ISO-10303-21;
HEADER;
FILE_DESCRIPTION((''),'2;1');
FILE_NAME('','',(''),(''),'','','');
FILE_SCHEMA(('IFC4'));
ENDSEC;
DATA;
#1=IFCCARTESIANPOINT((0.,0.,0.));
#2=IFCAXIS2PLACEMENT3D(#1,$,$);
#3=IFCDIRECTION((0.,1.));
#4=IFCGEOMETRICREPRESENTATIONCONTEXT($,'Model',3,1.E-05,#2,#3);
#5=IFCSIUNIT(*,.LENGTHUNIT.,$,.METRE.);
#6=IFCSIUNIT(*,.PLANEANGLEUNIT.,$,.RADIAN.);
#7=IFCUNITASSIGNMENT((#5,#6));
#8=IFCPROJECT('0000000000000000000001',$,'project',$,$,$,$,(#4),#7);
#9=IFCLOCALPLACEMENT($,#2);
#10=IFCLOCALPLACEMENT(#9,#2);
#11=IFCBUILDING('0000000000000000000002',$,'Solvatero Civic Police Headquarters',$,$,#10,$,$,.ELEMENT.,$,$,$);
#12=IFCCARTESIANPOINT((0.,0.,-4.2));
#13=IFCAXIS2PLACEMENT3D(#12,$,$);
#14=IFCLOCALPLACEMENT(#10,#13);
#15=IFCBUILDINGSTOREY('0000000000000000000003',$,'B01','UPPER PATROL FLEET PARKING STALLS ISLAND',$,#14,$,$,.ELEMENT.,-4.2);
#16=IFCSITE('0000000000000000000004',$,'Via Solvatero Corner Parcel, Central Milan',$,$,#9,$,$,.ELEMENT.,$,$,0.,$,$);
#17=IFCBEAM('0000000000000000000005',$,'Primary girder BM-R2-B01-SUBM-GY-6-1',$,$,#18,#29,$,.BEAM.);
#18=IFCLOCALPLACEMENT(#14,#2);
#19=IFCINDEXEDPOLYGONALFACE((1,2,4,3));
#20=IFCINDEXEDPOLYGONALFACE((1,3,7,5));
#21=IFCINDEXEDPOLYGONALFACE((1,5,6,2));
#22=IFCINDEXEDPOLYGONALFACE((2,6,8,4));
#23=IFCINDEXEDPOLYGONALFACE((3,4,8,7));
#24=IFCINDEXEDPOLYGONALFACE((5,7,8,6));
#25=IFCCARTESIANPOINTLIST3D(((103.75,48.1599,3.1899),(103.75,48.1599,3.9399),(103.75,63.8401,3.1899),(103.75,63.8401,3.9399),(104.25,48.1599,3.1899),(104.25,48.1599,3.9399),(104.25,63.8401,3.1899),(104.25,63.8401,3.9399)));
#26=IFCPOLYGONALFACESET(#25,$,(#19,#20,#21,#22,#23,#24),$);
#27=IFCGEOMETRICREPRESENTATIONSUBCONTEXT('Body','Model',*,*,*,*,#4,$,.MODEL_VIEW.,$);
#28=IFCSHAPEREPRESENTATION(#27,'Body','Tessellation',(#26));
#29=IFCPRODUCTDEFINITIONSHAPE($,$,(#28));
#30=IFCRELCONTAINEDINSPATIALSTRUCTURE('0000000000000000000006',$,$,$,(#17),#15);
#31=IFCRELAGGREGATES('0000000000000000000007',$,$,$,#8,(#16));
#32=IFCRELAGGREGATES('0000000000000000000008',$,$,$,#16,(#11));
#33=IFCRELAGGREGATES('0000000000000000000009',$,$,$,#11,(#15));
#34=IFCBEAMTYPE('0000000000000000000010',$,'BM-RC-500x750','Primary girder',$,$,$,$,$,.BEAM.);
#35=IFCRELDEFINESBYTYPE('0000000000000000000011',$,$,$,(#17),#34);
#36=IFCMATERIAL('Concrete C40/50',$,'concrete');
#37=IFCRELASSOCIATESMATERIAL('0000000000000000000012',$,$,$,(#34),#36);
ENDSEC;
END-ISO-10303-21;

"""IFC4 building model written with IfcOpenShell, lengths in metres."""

from ifc_helpers import new_model, si_unit, direction, frame, origin, origin_2d, place, context, subcontext, project, spatial, rectangle, extrude, material, material_profile, profile_set, type_object, element, save


model = new_model("IFC4")

# Units and contexts
model_context = context("Model", 3, precision=1e-05, world=origin(), true_north=direction((0.0, 1.0)))
body_context = subcontext(model_context, "Body", "Model", "MODEL_VIEW")
ifc_project = project(units=[si_unit("LENGTHUNIT", "METRE"), si_unit("PLANEANGLEUNIT", "RADIAN")], contexts=[model_context])

# Site, building, storey
site_placement = place(None, origin())
site = spatial("IfcSite", under=ifc_project, at=site_placement, Name="Via Solvatero Corner Parcel, Central Milan", CompositionType="ELEMENT", RefElevation=0.0)
building_placement = place(site_placement, origin())
building = spatial("IfcBuilding", under=site, at=building_placement, Name="Solvatero Civic Police Headquarters", CompositionType="ELEMENT")
storey_placement = place(building_placement, frame((0.0, 0.0, -4.2)))
storey = spatial("IfcBuildingStorey", under=building, at=storey_placement, Name="B01", Description="UPPER PATROL FLEET PARKING STALLS ISLAND", CompositionType="ELEMENT", Elevation=-4.2)

# Shared definitions
ifc_material = material(Name="Concrete C40/50", Category="concrete")

# Beam
ifc_material_profile_1 = material_profile(ifc_material, rectangle(XDim=0.5, YDim=0.75, at=origin_2d()), Name="RC 500x750")
ifc_profile_set_1 = profile_set([ifc_material_profile_1], Name="Concrete C40/50")
beam_type_1 = type_object("IfcBeamType", Name="BM-RC-500x750", Description="Primary girder", PredefinedType="BEAM", material=ifc_profile_set_1)
for number, where, z_axis, x_axis, name in (
    (1, (104.0, 48.1599, 3.5649), (0.0, 1.0, 0.0), (-1.0, 0.0, 0.0), "Primary girder BM-R2-B01-SUBM-GY-6-1"),
):
    element("IfcBeam", number, at=place(storey_placement, frame(where, z_axis=z_axis, x_axis=x_axis)), inside=storey, type_object=beam_type_1, Name=name, PredefinedType="BEAM", context=body_context, shape_type="SweptSolid", body=[
        extrude(rectangle(XDim=0.5, YDim=0.75, at=origin_2d()), origin(), (0.0, 0.0, 1.0), 15.6802),
    ])

save(model, "model.ifc")
